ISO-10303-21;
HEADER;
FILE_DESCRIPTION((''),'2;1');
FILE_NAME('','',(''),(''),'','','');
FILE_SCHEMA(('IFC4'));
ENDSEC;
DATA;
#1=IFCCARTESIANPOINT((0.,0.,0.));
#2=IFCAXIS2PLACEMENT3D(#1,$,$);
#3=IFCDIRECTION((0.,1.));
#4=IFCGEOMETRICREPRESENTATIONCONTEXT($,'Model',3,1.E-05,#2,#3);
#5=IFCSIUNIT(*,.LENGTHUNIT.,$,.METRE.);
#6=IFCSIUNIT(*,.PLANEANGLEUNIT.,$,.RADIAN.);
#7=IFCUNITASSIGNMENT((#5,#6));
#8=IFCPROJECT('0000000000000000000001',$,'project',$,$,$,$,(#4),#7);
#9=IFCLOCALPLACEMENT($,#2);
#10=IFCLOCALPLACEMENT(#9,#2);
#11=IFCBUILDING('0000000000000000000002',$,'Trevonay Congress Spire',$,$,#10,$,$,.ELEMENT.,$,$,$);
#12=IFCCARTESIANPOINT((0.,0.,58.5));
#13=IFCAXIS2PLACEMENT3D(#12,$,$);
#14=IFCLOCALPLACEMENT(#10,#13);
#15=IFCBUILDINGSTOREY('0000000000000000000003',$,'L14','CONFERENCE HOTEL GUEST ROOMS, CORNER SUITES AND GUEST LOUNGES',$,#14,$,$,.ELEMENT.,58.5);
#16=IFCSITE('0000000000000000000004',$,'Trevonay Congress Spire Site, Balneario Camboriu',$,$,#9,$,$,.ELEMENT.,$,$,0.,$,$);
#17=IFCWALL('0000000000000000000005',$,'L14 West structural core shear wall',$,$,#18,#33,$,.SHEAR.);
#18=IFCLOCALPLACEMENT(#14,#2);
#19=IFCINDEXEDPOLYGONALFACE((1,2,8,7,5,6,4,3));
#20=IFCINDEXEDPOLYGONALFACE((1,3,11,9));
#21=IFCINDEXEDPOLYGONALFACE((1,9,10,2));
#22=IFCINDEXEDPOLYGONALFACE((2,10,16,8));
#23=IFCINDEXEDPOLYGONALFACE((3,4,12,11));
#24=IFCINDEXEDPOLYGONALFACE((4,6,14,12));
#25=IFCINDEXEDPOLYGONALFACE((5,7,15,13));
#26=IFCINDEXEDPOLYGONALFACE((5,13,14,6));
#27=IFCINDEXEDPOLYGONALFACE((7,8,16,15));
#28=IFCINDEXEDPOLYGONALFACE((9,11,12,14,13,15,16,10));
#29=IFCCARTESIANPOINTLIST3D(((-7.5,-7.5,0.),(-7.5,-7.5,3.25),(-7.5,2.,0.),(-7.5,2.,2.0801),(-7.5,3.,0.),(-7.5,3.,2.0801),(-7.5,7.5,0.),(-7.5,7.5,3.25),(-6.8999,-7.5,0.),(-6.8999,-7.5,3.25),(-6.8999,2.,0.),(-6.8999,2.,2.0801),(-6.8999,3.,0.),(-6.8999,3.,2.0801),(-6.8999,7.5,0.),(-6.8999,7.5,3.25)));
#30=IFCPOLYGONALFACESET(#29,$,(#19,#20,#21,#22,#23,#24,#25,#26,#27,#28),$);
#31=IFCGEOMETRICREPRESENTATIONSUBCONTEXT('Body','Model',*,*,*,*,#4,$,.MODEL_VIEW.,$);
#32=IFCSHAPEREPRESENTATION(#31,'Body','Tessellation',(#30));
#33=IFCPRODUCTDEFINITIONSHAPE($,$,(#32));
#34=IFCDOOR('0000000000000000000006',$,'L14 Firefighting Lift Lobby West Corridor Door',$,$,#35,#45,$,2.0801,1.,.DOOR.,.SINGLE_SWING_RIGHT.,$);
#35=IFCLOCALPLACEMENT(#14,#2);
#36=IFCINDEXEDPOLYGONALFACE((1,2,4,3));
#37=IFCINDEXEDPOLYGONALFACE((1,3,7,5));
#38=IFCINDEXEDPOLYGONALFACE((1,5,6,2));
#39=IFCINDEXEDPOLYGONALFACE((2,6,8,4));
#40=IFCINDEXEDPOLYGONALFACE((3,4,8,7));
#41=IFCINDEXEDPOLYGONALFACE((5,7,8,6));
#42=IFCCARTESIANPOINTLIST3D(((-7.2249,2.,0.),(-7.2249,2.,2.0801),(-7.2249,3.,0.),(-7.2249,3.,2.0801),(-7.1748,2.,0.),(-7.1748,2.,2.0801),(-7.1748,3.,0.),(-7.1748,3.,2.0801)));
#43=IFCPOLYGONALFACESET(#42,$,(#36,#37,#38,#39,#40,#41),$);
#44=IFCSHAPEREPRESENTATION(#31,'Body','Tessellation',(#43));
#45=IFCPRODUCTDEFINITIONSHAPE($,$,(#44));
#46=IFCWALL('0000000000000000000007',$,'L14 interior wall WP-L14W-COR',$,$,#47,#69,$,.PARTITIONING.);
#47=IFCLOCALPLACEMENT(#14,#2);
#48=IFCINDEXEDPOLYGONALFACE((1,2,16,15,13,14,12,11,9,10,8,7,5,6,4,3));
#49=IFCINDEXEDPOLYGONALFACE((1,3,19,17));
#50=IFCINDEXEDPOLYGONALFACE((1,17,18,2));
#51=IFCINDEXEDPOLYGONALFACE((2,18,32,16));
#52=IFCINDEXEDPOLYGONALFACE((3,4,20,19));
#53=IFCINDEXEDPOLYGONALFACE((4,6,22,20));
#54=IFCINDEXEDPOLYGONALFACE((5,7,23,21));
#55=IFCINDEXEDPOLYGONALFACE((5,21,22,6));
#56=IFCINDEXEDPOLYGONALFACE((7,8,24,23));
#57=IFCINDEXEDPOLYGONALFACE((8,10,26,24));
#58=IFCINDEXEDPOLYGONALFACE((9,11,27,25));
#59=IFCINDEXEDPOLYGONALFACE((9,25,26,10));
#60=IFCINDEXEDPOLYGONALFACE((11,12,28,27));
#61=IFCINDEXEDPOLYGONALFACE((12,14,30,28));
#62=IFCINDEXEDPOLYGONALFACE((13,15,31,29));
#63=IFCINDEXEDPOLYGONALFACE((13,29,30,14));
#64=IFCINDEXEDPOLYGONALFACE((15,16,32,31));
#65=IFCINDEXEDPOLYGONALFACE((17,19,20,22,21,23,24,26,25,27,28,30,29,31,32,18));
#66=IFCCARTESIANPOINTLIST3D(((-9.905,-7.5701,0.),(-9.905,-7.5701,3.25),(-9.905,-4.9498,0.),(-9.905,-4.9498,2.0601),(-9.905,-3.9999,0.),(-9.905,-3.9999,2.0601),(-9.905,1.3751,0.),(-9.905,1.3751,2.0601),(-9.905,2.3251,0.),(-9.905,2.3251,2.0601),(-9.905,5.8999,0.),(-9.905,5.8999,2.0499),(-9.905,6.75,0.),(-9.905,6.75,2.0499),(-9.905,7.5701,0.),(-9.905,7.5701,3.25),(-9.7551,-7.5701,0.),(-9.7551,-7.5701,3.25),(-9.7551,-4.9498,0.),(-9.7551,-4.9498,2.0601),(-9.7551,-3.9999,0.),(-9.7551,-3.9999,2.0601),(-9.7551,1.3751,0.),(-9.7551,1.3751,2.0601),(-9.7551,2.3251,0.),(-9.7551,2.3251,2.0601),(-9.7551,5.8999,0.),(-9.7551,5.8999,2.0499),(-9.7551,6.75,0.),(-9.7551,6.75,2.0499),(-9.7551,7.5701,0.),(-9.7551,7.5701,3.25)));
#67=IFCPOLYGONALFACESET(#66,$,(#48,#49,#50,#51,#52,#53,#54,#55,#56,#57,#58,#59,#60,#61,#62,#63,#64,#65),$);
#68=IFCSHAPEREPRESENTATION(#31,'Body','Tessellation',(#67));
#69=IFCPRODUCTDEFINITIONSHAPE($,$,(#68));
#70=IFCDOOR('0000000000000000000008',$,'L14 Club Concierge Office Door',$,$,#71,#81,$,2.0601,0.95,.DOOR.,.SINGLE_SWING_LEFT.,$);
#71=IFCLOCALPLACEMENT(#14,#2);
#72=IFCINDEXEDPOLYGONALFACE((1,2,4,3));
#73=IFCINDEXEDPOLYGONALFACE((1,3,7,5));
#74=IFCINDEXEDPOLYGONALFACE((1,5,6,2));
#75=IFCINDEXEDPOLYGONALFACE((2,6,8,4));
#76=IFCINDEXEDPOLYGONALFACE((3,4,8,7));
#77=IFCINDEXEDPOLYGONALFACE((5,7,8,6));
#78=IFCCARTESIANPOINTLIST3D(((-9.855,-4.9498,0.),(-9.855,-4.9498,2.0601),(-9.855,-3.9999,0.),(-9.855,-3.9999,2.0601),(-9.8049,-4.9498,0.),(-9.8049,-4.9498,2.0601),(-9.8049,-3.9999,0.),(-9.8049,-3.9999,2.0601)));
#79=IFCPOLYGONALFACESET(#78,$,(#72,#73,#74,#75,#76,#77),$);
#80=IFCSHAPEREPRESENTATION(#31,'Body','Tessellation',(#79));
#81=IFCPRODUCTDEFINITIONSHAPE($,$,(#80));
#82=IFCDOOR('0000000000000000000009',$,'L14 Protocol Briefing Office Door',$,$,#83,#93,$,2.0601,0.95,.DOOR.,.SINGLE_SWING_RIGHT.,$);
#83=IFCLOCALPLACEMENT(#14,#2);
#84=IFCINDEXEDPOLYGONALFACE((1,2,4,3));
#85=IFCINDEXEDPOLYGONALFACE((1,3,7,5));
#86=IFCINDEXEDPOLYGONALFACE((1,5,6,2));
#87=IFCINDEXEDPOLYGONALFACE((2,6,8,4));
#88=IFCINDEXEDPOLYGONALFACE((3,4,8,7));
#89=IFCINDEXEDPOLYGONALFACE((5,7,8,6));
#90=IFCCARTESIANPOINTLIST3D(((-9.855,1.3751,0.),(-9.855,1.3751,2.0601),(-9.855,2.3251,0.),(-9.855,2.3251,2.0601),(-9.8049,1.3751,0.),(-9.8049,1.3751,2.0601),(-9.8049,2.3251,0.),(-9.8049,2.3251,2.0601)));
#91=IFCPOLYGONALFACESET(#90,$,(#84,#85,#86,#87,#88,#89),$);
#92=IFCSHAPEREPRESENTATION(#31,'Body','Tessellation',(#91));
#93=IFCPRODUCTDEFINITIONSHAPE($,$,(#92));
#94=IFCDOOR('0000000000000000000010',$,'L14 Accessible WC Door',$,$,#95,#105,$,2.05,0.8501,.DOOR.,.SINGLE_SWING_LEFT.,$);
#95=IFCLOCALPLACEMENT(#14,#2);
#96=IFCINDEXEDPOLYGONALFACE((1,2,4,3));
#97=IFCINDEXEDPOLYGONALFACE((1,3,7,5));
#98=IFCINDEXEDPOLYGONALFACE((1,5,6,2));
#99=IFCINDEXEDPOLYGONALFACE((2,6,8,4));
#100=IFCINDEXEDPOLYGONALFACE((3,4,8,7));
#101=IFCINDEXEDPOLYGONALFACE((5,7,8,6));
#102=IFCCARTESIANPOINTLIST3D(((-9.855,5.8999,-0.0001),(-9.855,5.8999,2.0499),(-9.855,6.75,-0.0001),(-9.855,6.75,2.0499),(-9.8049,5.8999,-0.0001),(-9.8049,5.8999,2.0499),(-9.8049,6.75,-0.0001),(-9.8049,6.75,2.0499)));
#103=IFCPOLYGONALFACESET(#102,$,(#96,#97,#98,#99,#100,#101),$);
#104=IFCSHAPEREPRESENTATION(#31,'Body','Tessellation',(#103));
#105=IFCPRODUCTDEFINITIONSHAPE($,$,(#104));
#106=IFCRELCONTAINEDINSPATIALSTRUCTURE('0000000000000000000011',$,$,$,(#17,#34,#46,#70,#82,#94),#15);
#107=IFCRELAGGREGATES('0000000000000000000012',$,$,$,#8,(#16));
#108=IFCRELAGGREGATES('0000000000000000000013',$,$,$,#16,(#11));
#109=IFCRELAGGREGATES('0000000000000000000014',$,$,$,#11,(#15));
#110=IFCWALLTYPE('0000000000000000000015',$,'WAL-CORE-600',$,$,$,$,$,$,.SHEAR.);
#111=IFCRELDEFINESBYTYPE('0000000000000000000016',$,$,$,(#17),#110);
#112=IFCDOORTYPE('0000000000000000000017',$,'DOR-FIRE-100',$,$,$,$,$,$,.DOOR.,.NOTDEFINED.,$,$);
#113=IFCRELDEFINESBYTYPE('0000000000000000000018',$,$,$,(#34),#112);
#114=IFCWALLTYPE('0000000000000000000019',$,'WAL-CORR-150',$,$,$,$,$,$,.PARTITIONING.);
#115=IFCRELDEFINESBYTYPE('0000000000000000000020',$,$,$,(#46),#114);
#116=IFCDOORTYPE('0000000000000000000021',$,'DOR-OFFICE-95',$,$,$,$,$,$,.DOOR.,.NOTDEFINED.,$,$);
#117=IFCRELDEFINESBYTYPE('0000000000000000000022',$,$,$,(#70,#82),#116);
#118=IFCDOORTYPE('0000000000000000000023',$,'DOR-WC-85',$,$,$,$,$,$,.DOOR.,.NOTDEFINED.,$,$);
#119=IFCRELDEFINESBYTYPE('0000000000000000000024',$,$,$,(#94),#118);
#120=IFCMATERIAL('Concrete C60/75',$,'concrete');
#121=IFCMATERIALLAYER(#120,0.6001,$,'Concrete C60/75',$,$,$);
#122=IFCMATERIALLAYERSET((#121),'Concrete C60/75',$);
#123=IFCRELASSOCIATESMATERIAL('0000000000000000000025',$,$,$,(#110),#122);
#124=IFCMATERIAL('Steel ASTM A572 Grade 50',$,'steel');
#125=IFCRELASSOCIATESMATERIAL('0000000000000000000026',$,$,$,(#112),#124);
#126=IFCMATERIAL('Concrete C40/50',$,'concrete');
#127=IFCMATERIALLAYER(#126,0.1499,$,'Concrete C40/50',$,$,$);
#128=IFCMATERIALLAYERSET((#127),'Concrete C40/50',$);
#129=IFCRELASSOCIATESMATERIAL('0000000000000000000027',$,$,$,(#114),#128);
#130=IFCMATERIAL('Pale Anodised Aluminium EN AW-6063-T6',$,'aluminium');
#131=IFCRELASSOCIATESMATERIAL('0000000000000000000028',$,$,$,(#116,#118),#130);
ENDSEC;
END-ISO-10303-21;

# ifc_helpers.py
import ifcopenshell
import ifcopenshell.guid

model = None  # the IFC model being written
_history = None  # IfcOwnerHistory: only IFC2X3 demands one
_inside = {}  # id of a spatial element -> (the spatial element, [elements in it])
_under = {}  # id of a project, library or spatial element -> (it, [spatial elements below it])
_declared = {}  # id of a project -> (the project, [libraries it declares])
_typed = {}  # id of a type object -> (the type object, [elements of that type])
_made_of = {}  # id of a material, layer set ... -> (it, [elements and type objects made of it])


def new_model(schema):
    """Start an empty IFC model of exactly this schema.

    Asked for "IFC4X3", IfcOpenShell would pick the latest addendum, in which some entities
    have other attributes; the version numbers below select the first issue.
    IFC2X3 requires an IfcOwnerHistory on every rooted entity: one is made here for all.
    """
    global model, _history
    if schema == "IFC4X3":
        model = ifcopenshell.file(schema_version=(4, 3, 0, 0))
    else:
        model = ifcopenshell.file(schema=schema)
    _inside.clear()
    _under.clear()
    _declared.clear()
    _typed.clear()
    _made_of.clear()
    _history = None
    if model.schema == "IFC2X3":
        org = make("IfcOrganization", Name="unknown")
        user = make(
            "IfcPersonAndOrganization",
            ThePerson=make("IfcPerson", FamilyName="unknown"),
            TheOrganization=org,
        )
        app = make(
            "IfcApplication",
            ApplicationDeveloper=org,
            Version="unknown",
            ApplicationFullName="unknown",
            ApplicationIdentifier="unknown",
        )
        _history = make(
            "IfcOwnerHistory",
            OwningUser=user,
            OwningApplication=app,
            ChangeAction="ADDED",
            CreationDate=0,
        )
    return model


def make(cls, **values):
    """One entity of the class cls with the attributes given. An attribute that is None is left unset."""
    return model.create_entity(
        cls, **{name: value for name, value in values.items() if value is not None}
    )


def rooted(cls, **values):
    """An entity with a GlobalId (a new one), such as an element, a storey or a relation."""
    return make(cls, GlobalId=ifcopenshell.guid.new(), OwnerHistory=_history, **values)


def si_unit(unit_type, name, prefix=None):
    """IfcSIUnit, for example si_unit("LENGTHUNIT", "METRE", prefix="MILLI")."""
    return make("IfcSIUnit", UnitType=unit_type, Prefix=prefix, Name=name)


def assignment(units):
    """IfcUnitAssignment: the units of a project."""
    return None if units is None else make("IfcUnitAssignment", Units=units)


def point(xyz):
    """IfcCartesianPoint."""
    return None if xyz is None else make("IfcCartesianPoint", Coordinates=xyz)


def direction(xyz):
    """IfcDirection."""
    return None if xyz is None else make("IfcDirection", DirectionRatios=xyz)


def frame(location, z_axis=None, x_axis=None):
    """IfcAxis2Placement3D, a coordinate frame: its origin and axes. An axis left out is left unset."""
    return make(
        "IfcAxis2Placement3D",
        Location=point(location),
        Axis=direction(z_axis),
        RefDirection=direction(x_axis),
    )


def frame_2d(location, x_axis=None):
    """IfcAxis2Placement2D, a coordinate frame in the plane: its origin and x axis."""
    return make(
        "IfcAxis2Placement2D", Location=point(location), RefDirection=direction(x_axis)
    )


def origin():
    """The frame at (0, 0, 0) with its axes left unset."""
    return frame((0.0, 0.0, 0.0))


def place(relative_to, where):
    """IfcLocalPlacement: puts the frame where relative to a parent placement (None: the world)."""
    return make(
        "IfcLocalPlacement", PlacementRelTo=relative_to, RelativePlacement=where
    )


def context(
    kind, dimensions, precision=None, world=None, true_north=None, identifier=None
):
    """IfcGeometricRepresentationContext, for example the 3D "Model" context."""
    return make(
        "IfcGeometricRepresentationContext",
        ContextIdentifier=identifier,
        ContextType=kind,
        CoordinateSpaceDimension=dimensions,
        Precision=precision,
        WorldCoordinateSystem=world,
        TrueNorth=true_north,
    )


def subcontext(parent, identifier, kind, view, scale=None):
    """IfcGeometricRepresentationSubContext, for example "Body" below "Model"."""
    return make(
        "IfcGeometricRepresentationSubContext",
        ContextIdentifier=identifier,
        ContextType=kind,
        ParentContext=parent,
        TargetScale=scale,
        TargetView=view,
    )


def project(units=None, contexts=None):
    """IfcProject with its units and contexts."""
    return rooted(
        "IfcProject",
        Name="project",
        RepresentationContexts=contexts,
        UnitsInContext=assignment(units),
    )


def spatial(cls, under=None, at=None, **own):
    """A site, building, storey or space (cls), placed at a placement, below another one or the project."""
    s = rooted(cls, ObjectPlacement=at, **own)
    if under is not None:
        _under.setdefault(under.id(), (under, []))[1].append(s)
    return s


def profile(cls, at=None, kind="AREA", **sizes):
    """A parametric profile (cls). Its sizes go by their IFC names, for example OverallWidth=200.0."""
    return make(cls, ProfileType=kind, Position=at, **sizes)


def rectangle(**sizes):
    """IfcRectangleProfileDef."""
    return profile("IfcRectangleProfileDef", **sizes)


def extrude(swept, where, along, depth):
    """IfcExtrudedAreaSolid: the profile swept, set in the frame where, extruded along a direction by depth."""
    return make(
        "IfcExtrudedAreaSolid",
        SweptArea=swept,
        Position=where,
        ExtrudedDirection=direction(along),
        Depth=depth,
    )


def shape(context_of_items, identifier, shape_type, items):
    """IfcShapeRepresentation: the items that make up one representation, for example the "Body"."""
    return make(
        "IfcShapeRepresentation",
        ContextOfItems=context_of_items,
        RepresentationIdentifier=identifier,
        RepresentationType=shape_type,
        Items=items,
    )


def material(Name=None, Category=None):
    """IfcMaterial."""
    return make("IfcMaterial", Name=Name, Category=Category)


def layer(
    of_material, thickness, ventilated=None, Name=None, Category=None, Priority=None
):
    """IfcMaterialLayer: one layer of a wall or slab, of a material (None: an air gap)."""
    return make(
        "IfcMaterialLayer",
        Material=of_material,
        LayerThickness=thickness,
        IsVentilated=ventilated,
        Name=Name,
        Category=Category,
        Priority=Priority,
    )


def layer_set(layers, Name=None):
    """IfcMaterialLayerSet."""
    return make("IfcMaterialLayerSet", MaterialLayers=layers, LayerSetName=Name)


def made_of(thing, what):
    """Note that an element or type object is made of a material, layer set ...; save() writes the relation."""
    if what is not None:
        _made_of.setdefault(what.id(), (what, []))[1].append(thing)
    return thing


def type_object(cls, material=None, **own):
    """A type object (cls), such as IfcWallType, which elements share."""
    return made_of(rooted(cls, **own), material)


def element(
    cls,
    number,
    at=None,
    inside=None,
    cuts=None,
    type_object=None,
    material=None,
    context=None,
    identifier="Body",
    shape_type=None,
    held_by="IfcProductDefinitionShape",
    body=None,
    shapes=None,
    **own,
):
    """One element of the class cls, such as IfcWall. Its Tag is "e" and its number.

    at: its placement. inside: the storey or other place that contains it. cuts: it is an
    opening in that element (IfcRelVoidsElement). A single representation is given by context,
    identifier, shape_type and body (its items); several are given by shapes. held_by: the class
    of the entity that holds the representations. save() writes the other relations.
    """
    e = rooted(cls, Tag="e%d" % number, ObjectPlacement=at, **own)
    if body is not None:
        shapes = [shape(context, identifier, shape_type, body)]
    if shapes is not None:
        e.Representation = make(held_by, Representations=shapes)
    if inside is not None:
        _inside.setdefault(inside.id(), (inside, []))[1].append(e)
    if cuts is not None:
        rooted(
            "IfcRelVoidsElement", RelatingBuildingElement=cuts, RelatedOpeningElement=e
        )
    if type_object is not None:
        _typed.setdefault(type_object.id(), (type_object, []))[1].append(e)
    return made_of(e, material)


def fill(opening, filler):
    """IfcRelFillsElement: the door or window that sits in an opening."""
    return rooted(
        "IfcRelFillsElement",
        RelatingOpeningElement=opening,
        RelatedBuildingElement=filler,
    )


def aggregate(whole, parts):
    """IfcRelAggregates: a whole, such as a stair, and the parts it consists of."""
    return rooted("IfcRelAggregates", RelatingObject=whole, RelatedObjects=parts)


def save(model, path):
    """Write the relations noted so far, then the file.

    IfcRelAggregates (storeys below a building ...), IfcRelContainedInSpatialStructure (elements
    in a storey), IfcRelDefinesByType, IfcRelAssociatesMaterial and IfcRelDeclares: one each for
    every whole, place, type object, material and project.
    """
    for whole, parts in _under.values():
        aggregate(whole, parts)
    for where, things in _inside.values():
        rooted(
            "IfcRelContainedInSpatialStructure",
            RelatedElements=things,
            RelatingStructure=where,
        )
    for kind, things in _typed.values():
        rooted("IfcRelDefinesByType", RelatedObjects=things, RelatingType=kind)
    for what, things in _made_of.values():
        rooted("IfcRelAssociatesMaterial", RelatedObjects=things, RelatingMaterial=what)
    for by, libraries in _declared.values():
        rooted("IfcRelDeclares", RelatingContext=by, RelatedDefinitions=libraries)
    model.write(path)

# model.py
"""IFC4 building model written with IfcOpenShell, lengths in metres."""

from ifc_helpers import new_model, si_unit, direction, frame, frame_2d, origin, place, context, subcontext, project, spatial, rectangle, extrude, material, layer, layer_set, type_object, element, fill, save


model = new_model("IFC4")

# Units and contexts
model_context = context("Model", 3, precision=1e-05, world=origin(), true_north=direction((0.0, 1.0)))
body_context = subcontext(model_context, "Body", "Model", "MODEL_VIEW")
ifc_project = project(units=[si_unit("LENGTHUNIT", "METRE"), si_unit("PLANEANGLEUNIT", "RADIAN")], contexts=[model_context])

# Site, building, storey
site_placement = place(None, origin())
site = spatial("IfcSite", under=ifc_project, at=site_placement, Name="Trevonay Congress Spire Site, Balneario Camboriu", CompositionType="ELEMENT", RefElevation=0.0)
building_placement = place(site_placement, origin())
building = spatial("IfcBuilding", under=site, at=building_placement, Name="Trevonay Congress Spire", CompositionType="ELEMENT")
storey_placement = place(building_placement, frame((0.0, 0.0, 58.5)))
storey = spatial("IfcBuildingStorey", under=building, at=storey_placement, Name="L14", Description="CONFERENCE HOTEL GUEST ROOMS, CORNER SUITES AND GUEST LOUNGES", CompositionType="ELEMENT", Elevation=58.5)

# Shared definitions
ifc_material_1 = material(Name="Steel ASTM A572 Grade 50", Category="steel")

# Shared definitions
ifc_material_2 = material(Name="Concrete C40/50", Category="concrete")
ifc_material_3 = material(Name="Pale Anodised Aluminium EN AW-6063-T6", Category="aluminium")

# Wall, opening, door
ifc_material_4 = material(Name="Concrete C60/75", Category="concrete")
ifc_layer_1 = layer(ifc_material_4, 0.6001, Name="Concrete C60/75")
ifc_layer_set_1 = layer_set([ifc_layer_1], Name="Concrete C60/75")
wall_type_1 = type_object("IfcWallType", Name="WAL-CORE-600", PredefinedType="SHEAR", material=ifc_layer_set_1)
wall_1_placement = place(storey_placement, frame((-7.2, -7.5, 0.0), z_axis=(0.0, 0.0, 1.0), x_axis=(0.0, 1.0, 0.0)))
wall_1 = element("IfcWall", 1, at=wall_1_placement, inside=storey, type_object=wall_type_1, Name="L14 West structural core shear wall", PredefinedType="SHEAR", context=body_context, shape_type="SweptSolid", body=[
    extrude(rectangle(XDim=15.0, YDim=0.6001, at=frame_2d((7.5, 0.0))), origin(), (0.0, 0.0, 1.0), 3.25),
])
opening_1_placement = place(wall_1_placement, frame((9.5, 0.0, 0.0)))
opening_1 = element("IfcOpeningElement", 2, at=opening_1_placement, cuts=wall_1, PredefinedType="OPENING", context=body_context, shape_type="SweptSolid", body=[
    extrude(rectangle(XDim=1.0, YDim=2.0801, at=frame_2d((0.5, 1.04))), frame((0.0, 0.3101, 0.0), z_axis=(0.0, -1.0, 0.0), x_axis=(1.0, 0.0, 0.0)), (0.0, 0.0, 1.0), 0.6201),
])
door_type_1 = type_object("IfcDoorType", Name="DOR-FIRE-100", OperationType="NOTDEFINED", PredefinedType="DOOR", material=ifc_material_1)
door_1_placement = place(opening_1_placement, origin())
door_1 = element("IfcDoor", 3, at=door_1_placement, inside=storey, type_object=door_type_1, Name="L14 Firefighting Lift Lobby West Corridor Door", OperationType="SINGLE_SWING_RIGHT", OverallHeight=2.0801, OverallWidth=1.0, PredefinedType="DOOR", context=body_context, shape_type="SweptSolid", body=[
    extrude(rectangle(XDim=1.0, YDim=2.0801, at=frame_2d((0.5, 1.04))), frame((0.0, 0.0249, 0.0), z_axis=(0.0, -1.0, 0.0), x_axis=(1.0, 0.0, 0.0)), (0.0, 0.0, 1.0), 0.05),
])
fill(opening_1, door_1)

# Wall, openings, doors
ifc_layer_2 = layer(ifc_material_2, 0.1499, Name="Concrete C40/50")
ifc_layer_set_2 = layer_set([ifc_layer_2], Name="Concrete C40/50")
wall_type_2 = type_object("IfcWallType", Name="WAL-CORR-150", PredefinedType="PARTITIONING", material=ifc_layer_set_2)
wall_2_placement = place(storey_placement, frame((-9.8301, -7.5701, 0.0), z_axis=(0.0, 0.0, 1.0), x_axis=(0.0, 1.0, 0.0)))
wall_2 = element("IfcWall", 4, at=wall_2_placement, inside=storey, type_object=wall_type_2, Name="L14 interior wall WP-L14W-COR", PredefinedType="PARTITIONING", context=body_context, shape_type="SweptSolid", body=[
    extrude(rectangle(XDim=15.1401, YDim=0.1499, at=frame_2d((7.5701, 0.0))), origin(), (0.0, 0.0, 1.0), 3.25),
])
opening_2_placement = place(wall_2_placement, frame((2.6201, 0.0, 0.0)))
opening_2 = element("IfcOpeningElement", 5, at=opening_2_placement, cuts=wall_2, PredefinedType="OPENING", context=body_context, shape_type="SweptSolid", body=[
    extrude(rectangle(XDim=0.95, YDim=2.0601, at=frame_2d((0.4751, 1.03))), frame((0.0, 0.085, 0.0), z_axis=(0.0, -1.0, 0.0), x_axis=(1.0, 0.0, 0.0)), (0.0, 0.0, 1.0), 0.1699),
])
opening_3_placement = place(wall_2_placement, frame((8.9451, 0.0, 0.0)))
opening_3 = element("IfcOpeningElement", 6, at=opening_3_placement, cuts=wall_2, PredefinedType="OPENING", context=body_context, shape_type="SweptSolid", body=[
    extrude(rectangle(XDim=0.95, YDim=2.0601, at=frame_2d((0.4751, 1.03))), frame((0.0, 0.085, 0.0), z_axis=(0.0, -1.0, 0.0), x_axis=(1.0, 0.0, 0.0)), (0.0, 0.0, 1.0), 0.1699),
])
opening_4_placement = place(wall_2_placement, frame((13.47, 0.0, 0.0)))
opening_4 = element("IfcOpeningElement", 7, at=opening_4_placement, cuts=wall_2, PredefinedType="OPENING", context=body_context, shape_type="SweptSolid", body=[
    extrude(rectangle(XDim=0.8501, YDim=2.05, at=frame_2d((0.425, 1.0249))), frame((0.0, 0.085, 0.0), z_axis=(0.0, -1.0, 0.0), x_axis=(1.0, 0.0, 0.0)), (0.0, 0.0, 1.0), 0.1699),
])
door_type_2 = type_object("IfcDoorType", Name="DOR-OFFICE-95", OperationType="NOTDEFINED", PredefinedType="DOOR", material=ifc_material_3)
door_2_placement = place(opening_2_placement, origin())
door_2 = element("IfcDoor", 8, at=door_2_placement, inside=storey, type_object=door_type_2, Name="L14 Club Concierge Office Door", OperationType="SINGLE_SWING_LEFT", OverallHeight=2.0601, OverallWidth=0.95, PredefinedType="DOOR", context=body_context, shape_type="SweptSolid", body=[
    extrude(rectangle(XDim=0.95, YDim=2.0601, at=frame_2d((0.4751, 1.03))), frame((0.0, 0.0249, 0.0), z_axis=(0.0, -1.0, 0.0), x_axis=(1.0, 0.0, 0.0)), (0.0, 0.0, 1.0), 0.05),
])
fill(opening_2, door_2)
door_3_placement = place(opening_3_placement, origin())
door_3 = element("IfcDoor", 9, at=door_3_placement, inside=storey, type_object=door_type_2, Name="L14 Protocol Briefing Office Door", OperationType="SINGLE_SWING_RIGHT", OverallHeight=2.0601, OverallWidth=0.95, PredefinedType="DOOR", context=body_context, shape_type="SweptSolid", body=[
    extrude(rectangle(XDim=0.95, YDim=2.0601, at=frame_2d((0.4751, 1.03))), frame((0.0, 0.0249, 0.0), z_axis=(0.0, -1.0, 0.0), x_axis=(1.0, 0.0, 0.0)), (0.0, 0.0, 1.0), 0.05),
])
fill(opening_3, door_3)
door_type_3 = type_object("IfcDoorType", Name="DOR-WC-85", OperationType="NOTDEFINED", PredefinedType="DOOR", material=ifc_material_3)
door_4_placement = place(opening_4_placement, origin())
door_4 = element("IfcDoor", 10, at=door_4_placement, inside=storey, type_object=door_type_3, Name="L14 Accessible WC Door", OperationType="SINGLE_SWING_LEFT", OverallHeight=2.05, OverallWidth=0.8501, PredefinedType="DOOR", context=body_context, shape_type="SweptSolid", body=[
    extrude(rectangle(XDim=0.8501, YDim=2.05, at=frame_2d((0.425, 1.0249))), frame((0.0, 0.0249, 0.0), z_axis=(0.0, -1.0, 0.0), x_axis=(1.0, 0.0, 0.0)), (0.0, 0.0, 1.0), 0.05),
])
fill(opening_4, door_4)

save(model, "model.ifc")
